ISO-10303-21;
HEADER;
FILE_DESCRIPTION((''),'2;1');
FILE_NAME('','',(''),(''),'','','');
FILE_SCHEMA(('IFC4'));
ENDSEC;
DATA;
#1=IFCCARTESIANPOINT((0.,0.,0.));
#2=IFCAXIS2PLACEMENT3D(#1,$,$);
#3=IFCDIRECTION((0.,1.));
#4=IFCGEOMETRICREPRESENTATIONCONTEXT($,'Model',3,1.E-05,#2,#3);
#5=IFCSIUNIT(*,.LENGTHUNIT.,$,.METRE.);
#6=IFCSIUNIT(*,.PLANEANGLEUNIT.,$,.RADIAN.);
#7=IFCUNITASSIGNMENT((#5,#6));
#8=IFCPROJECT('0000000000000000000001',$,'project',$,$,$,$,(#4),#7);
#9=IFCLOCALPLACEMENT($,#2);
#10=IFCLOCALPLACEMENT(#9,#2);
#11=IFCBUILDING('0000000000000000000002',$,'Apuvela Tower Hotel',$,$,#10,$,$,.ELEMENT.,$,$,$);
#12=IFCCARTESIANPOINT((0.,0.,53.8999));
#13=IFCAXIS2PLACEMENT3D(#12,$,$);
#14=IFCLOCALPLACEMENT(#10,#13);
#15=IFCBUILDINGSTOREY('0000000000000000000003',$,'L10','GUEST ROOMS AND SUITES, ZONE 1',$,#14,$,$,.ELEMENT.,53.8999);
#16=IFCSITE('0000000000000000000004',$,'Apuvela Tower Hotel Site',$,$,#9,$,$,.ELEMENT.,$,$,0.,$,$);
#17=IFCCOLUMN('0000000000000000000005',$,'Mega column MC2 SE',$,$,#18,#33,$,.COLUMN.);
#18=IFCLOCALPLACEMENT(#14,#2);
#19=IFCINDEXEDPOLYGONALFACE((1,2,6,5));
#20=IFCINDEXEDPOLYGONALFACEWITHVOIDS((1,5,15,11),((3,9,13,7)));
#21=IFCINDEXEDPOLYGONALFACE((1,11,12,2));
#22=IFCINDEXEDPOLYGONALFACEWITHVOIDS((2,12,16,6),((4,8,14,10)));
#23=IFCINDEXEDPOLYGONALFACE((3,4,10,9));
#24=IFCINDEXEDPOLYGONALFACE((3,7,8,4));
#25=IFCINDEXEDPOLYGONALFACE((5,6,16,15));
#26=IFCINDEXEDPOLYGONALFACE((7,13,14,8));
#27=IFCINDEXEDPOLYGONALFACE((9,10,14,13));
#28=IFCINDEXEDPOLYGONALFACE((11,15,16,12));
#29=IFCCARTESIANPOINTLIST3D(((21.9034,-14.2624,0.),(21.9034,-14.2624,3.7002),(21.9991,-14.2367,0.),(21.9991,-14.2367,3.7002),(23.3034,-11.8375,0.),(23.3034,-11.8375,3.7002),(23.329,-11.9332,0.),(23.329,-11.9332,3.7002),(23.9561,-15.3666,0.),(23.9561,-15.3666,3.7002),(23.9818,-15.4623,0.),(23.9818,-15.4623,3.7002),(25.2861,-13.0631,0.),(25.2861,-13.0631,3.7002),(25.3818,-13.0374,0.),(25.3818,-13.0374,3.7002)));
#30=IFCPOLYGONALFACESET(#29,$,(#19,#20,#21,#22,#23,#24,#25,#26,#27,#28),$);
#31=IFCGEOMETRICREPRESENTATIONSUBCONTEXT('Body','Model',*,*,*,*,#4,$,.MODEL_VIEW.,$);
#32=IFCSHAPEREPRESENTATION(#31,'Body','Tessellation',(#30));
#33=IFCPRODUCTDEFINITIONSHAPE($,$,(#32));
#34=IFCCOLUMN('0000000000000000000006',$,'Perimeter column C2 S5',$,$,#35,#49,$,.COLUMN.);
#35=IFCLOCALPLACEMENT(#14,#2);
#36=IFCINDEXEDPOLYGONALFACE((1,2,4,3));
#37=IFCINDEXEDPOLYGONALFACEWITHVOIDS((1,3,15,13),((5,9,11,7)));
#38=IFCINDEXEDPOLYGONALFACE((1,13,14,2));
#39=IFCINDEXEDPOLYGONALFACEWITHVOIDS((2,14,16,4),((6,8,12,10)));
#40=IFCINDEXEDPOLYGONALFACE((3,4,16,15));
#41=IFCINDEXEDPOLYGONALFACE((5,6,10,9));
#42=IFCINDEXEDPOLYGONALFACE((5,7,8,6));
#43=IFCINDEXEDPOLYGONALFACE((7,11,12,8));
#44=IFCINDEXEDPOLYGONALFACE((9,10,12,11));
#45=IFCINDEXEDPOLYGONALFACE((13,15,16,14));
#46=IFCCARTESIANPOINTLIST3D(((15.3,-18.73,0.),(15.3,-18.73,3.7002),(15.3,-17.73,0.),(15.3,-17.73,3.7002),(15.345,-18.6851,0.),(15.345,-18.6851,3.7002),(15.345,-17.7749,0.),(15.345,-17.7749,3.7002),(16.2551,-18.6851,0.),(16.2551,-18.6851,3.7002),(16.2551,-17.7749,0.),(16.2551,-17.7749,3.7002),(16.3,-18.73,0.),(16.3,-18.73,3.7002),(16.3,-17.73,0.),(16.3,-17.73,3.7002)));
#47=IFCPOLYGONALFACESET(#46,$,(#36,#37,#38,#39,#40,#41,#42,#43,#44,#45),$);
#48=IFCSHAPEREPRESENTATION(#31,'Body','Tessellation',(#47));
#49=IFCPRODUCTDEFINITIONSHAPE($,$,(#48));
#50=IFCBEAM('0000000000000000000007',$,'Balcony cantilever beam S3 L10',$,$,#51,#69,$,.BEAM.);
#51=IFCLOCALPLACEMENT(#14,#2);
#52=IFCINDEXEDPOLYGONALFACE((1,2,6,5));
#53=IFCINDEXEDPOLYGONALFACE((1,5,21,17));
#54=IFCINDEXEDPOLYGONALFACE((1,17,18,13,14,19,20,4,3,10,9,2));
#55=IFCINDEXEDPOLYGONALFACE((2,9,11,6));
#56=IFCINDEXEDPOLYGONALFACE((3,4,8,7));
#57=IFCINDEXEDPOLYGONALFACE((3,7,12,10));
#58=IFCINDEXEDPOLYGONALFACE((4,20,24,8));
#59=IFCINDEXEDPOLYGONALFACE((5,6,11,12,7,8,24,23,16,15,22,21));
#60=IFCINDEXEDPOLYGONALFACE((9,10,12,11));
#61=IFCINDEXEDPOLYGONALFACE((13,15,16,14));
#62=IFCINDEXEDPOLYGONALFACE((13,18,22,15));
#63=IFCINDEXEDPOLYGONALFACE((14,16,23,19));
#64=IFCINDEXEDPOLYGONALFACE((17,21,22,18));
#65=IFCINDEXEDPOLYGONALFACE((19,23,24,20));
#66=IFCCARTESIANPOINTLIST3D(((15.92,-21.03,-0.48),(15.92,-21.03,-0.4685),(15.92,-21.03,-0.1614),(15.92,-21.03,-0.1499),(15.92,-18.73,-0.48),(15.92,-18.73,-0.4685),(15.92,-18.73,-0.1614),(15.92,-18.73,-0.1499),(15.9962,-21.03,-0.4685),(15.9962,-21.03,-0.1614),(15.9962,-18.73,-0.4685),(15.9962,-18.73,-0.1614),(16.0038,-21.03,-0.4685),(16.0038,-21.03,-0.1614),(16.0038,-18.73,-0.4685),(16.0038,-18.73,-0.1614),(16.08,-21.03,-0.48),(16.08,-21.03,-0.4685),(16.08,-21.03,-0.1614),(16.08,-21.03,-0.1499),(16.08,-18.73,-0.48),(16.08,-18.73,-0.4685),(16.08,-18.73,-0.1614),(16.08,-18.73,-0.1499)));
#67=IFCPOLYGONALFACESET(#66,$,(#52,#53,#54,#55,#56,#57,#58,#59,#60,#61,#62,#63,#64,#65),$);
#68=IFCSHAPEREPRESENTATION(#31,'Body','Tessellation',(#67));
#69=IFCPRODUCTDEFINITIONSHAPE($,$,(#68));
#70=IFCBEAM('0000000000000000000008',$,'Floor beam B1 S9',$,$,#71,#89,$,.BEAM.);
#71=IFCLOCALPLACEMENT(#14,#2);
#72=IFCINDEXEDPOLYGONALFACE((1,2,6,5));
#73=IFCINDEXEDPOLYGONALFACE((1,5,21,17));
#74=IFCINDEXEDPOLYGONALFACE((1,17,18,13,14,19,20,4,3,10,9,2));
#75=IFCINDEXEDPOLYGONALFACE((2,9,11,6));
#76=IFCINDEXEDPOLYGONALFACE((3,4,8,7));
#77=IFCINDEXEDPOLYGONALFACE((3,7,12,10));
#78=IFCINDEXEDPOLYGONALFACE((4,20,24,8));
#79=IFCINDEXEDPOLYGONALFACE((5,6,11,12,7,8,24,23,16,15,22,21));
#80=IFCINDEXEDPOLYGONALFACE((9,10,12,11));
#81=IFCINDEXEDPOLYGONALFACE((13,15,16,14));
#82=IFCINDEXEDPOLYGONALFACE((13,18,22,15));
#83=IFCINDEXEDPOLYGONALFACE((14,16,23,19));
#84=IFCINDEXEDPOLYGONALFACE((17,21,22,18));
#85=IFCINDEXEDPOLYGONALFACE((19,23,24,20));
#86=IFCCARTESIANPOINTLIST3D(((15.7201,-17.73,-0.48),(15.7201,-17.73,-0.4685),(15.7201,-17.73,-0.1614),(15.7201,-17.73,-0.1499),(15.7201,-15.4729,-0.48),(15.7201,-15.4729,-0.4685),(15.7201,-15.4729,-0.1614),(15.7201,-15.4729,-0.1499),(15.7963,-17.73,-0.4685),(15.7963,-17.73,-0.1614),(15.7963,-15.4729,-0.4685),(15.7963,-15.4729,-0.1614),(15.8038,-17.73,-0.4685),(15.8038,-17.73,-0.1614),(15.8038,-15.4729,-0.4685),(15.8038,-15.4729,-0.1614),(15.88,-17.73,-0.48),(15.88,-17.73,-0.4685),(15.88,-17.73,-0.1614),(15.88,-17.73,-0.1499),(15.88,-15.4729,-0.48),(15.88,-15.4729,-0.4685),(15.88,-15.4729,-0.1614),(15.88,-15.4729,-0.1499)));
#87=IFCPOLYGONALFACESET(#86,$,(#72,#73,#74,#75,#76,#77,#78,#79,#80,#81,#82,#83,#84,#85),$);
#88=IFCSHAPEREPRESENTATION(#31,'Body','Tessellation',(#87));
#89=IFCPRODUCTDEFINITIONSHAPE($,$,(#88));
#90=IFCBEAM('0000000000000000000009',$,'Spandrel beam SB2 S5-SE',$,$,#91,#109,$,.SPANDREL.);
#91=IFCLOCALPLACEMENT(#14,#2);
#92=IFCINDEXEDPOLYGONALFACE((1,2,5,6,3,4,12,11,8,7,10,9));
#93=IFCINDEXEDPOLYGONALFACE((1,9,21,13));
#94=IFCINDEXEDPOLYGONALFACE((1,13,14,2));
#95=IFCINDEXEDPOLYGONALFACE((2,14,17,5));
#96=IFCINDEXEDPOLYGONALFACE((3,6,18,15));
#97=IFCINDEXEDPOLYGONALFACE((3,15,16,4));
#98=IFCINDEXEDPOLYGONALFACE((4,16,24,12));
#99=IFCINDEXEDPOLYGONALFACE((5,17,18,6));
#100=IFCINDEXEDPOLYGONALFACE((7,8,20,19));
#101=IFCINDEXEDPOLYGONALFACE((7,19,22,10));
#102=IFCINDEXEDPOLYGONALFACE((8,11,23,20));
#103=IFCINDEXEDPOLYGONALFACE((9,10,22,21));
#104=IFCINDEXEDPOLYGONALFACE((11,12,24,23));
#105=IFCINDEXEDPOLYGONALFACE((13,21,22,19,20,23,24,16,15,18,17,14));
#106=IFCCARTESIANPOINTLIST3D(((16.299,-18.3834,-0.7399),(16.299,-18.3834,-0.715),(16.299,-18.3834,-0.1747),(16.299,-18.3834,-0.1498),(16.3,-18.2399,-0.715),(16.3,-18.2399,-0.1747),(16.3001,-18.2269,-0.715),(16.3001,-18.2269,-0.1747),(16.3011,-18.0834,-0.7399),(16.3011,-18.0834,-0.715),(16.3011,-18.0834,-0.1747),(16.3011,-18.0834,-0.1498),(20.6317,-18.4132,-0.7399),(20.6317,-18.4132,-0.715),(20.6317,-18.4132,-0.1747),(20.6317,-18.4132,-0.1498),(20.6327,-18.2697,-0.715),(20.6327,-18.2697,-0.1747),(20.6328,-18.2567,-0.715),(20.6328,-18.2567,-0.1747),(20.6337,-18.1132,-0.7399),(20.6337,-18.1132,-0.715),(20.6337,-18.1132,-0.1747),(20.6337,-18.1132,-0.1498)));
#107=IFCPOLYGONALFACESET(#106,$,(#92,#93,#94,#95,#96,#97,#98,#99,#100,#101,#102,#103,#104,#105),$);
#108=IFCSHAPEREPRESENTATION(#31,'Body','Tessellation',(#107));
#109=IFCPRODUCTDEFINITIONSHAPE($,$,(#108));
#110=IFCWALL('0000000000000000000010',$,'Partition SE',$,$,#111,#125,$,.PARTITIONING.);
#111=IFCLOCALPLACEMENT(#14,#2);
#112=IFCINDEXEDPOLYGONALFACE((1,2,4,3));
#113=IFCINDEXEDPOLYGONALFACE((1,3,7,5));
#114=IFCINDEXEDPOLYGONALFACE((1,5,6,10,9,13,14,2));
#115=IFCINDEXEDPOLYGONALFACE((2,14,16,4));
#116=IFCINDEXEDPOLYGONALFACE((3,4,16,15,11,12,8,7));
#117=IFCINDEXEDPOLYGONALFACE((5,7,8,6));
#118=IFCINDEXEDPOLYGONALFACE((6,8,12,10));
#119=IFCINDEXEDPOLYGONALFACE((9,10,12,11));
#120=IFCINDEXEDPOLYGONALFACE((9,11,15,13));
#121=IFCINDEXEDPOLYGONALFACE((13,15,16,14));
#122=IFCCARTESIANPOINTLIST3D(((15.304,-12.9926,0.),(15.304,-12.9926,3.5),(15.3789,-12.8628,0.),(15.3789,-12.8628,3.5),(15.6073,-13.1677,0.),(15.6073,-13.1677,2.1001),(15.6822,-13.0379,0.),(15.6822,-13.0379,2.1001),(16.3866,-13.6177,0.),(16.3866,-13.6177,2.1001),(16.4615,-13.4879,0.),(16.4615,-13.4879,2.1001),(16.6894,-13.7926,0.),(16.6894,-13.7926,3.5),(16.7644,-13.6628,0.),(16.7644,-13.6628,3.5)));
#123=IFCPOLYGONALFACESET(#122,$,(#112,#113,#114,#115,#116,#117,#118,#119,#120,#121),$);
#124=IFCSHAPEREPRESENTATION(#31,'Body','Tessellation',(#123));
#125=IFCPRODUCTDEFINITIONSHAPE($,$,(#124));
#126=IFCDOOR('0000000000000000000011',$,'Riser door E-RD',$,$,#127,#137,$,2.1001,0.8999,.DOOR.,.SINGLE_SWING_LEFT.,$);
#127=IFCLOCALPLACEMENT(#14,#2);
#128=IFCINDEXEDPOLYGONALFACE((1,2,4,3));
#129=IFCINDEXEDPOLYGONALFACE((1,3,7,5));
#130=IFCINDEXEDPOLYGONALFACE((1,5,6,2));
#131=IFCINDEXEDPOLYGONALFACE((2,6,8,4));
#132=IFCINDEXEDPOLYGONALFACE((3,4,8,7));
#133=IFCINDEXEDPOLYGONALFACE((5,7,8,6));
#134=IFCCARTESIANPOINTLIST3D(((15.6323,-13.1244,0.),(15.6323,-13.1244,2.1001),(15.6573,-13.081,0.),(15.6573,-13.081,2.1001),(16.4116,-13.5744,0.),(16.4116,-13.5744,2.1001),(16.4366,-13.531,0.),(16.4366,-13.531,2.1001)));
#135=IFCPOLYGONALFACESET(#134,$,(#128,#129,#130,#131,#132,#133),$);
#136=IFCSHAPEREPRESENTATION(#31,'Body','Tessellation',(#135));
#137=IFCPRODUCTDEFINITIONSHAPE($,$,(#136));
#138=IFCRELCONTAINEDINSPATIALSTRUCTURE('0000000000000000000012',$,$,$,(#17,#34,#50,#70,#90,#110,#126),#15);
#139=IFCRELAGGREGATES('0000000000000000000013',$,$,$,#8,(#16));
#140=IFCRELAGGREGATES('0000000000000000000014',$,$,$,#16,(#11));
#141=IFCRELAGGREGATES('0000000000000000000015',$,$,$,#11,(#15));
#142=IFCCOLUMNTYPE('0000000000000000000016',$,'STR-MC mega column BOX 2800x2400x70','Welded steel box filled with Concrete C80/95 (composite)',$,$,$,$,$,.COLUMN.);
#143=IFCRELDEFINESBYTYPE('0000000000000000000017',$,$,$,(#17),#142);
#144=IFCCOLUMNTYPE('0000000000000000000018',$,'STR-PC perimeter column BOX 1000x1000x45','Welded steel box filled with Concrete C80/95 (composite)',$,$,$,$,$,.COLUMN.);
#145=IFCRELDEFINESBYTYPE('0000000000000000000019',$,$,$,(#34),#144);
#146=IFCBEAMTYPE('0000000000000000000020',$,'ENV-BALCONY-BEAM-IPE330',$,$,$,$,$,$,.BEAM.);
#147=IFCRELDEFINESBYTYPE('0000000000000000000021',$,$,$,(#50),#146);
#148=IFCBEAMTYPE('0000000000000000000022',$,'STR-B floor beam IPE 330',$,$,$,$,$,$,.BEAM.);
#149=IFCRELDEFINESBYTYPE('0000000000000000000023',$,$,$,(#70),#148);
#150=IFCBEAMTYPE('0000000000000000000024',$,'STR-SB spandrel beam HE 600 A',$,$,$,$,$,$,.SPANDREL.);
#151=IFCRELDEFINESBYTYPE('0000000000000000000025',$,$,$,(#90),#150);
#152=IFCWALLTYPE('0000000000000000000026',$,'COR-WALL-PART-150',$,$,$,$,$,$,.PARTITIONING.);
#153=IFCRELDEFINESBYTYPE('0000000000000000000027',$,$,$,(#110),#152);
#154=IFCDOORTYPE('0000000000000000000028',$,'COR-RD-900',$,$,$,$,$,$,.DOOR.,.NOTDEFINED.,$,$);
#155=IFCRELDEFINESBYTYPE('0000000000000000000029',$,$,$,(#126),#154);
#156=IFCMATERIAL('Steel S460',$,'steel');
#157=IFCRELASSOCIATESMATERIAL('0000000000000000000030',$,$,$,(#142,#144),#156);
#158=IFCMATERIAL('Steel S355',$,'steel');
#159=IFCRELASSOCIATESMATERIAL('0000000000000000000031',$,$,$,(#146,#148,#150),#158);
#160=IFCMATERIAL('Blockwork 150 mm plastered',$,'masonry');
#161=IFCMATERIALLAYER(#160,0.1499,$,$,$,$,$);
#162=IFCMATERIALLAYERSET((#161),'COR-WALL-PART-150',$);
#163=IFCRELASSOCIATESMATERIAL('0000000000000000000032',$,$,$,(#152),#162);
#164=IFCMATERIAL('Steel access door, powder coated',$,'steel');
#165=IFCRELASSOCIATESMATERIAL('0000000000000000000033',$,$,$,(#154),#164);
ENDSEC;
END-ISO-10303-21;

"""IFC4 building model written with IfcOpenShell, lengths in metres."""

from ifc_helpers import new_model, si_unit, direction, frame, frame_2d, origin, origin_2d, place, context, subcontext, project, spatial, rectangle, hollow_rectangle, i_section, extrude, material, layer, layer_set, material_profile, profile_set, type_object, element, fill, save


model = new_model("IFC4")

# Units and contexts
model_context = context("Model", 3, precision=1e-05, world=origin(), true_north=direction((0.0, 1.0)))
body_context = subcontext(model_context, "Body", "Model", "MODEL_VIEW")
ifc_project = project(units=[si_unit("LENGTHUNIT", "METRE"), si_unit("PLANEANGLEUNIT", "RADIAN")], contexts=[model_context])

# Site, building, storey
site_placement = place(None, origin())
site = spatial("IfcSite", under=ifc_project, at=site_placement, Name="Apuvela Tower Hotel Site", CompositionType="ELEMENT", RefElevation=0.0)
building_placement = place(site_placement, origin())
building = spatial("IfcBuilding", under=site, at=building_placement, Name="Apuvela Tower Hotel", CompositionType="ELEMENT")
storey_placement = place(building_placement, frame((0.0, 0.0, 53.8999)))
storey = spatial("IfcBuildingStorey", under=building, at=storey_placement, Name="L10", Description="GUEST ROOMS AND SUITES, ZONE 1", CompositionType="ELEMENT", Elevation=53.8999)

# Columns
ifc_material_1 = material(Name="Steel S460", Category="steel")
ifc_material_profile_1 = material_profile(ifc_material_1, hollow_rectangle(XDim=2.8, YDim=2.3999, WallThickness=0.0701, at=origin_2d()), Name="BOX 2800x2400x70")
ifc_material_2 = material(Name="Concrete C80/95", Category="concrete")
ifc_material_profile_2 = material_profile(ifc_material_2, rectangle(XDim=2.6599, YDim=2.26, at=origin_2d()), Name="Concrete C80/95 infill")
ifc_profile_set_1 = profile_set([ifc_material_profile_1, ifc_material_profile_2], Name="Steel S460")
column_type_1 = type_object("IfcColumnType", Name="STR-MC mega column BOX 2800x2400x70", Description="Welded steel box filled with Concrete C80/95 (composite)", PredefinedType="COLUMN", material=ifc_profile_set_1)
column_1_placement = place(storey_placement, frame((23.6426, -13.6499, 0.0), z_axis=(0.0, 0.0, 1.0), x_axis=(0.5, 0.866025, 0.0)))
element("IfcColumn", 1, at=column_1_placement, inside=storey, type_object=column_type_1, Name="Mega column MC2 SE", PredefinedType="COLUMN", context=body_context, shape_type="SweptSolid", body=[
    extrude(hollow_rectangle(XDim=2.8, YDim=2.3999, WallThickness=0.0701, at=origin_2d()), origin(), (0.0, 0.0, 1.0), 3.7002),
])
ifc_material_profile_3 = material_profile(ifc_material_1, hollow_rectangle(XDim=1.0, YDim=1.0, WallThickness=0.0449, at=origin_2d()), Name="BOX 1000x1000x45")
ifc_material_profile_4 = material_profile(ifc_material_2, rectangle(XDim=0.9099, YDim=0.9099, at=origin_2d()), Name="Concrete C80/95 infill")
ifc_profile_set_2 = profile_set([ifc_material_profile_3, ifc_material_profile_4], Name="Steel S460")
column_type_2 = type_object("IfcColumnType", Name="STR-PC perimeter column BOX 1000x1000x45", Description="Welded steel box filled with Concrete C80/95 (composite)", PredefinedType="COLUMN", material=ifc_profile_set_2)
column_2_placement = place(storey_placement, frame((15.8, -18.23, 0.0), z_axis=(0.0, 0.0, 1.0), x_axis=(-1.0, 0.0, 0.0)))
element("IfcColumn", 2, at=column_2_placement, inside=storey, type_object=column_type_2, Name="Perimeter column C2 S5", PredefinedType="COLUMN", context=body_context, shape_type="SweptSolid", body=[
    extrude(hollow_rectangle(XDim=1.0, YDim=1.0, WallThickness=0.0449, at=origin_2d()), origin(), (0.0, 0.0, 1.0), 3.7002),
])

# Beams
ifc_material_3 = material(Name="Steel S355", Category="steel")
ifc_material_profile_5 = material_profile(ifc_material_3, i_section(OverallWidth=0.1599, OverallDepth=0.3301, WebThickness=0.0076, FlangeThickness=0.0115, at=origin_2d()), Name="IPE 330")
ifc_profile_set_3 = profile_set([ifc_material_profile_5], Name="Steel S355")
beam_type_1 = type_object("IfcBeamType", Name="ENV-BALCONY-BEAM-IPE330", PredefinedType="BEAM", material=ifc_profile_set_3)
beam_1_placement = place(storey_placement, frame((16.0, -18.73, -0.3149), z_axis=(0.0, -1.0, 0.0), x_axis=(1.0, 0.0, 0.0)))
element("IfcBeam", 3, at=beam_1_placement, inside=storey, type_object=beam_type_1, Name="Balcony cantilever beam S3 L10", PredefinedType="BEAM", context=body_context, shape_type="SweptSolid", body=[
    extrude(i_section(OverallWidth=0.1599, OverallDepth=0.3301, WebThickness=0.0076, FlangeThickness=0.0115, at=origin_2d()), origin(), (0.0, 0.0, 1.0), 2.3),
])
ifc_material_profile_6 = material_profile(ifc_material_3, i_section(OverallWidth=0.1599, OverallDepth=0.3301, WebThickness=0.0076, FlangeThickness=0.0115, at=origin_2d()), Name="IPE 330")
ifc_profile_set_4 = profile_set([ifc_material_profile_6], Name="Steel S355")
beam_type_2 = type_object("IfcBeamType", Name="STR-B floor beam IPE 330", PredefinedType="BEAM", material=ifc_profile_set_4)
beam_2_placement = place(storey_placement, frame((15.8, -17.73, -0.3149), z_axis=(0.0, 1.0, 0.0), x_axis=(-1.0, 0.0, 0.0)))
element("IfcBeam", 4, at=beam_2_placement, inside=storey, type_object=beam_type_2, Name="Floor beam B1 S9", PredefinedType="BEAM", context=body_context, shape_type="SweptSolid", body=[
    extrude(i_section(OverallWidth=0.1599, OverallDepth=0.3301, WebThickness=0.0076, FlangeThickness=0.0115, at=origin_2d()), origin(), (0.0, 0.0, 1.0), 2.2571),
])
ifc_material_profile_7 = material_profile(ifc_material_3, i_section(OverallWidth=0.3, OverallDepth=0.5901, WebThickness=0.0129, FlangeThickness=0.0249, at=origin_2d()), Name="HE 600 A")
ifc_profile_set_5 = profile_set([ifc_material_profile_7], Name="Steel S355")
beam_type_3 = type_object("IfcBeamType", Name="STR-SB spandrel beam HE 600 A", PredefinedType="SPANDREL", material=ifc_profile_set_5)
beam_3_placement = place(storey_placement, frame((16.3, -18.2334, -0.4448), z_axis=(0.999976, -0.006874, 0.0), x_axis=(0.006874, 0.999976, 0.0)))
element("IfcBeam", 5, at=beam_3_placement, inside=storey, type_object=beam_type_3, Name="Spandrel beam SB2 S5-SE", PredefinedType="SPANDREL", context=body_context, shape_type="SweptSolid", body=[
    extrude(i_section(OverallWidth=0.3, OverallDepth=0.5901, WebThickness=0.0129, FlangeThickness=0.0249, at=origin_2d()), origin(), (0.0, 0.0, 1.0), 4.3328),
])

# Wall, opening, door
ifc_material_4 = material(Name="Blockwork 150 mm plastered", Category="masonry")
ifc_layer_1 = layer(ifc_material_4, 0.1499)
ifc_layer_set_1 = layer_set([ifc_layer_1], Name="COR-WALL-PART-150")
wall_type_1 = type_object("IfcWallType", Name="COR-WALL-PART-150", PredefinedType="PARTITIONING", material=ifc_layer_set_1)
wall_1_placement = place(storey_placement, frame((15.3416, -12.9277, 0.0), z_axis=(0.0, 0.0, 1.0), x_axis=(0.86599, -0.500061, 0.0)))
wall_1 = element("IfcWall", 6, at=wall_1_placement, inside=storey, type_object=wall_type_1, Name="Partition SE", PredefinedType="PARTITIONING", context=body_context, shape_type="SweptSolid", body=[
    extrude(rectangle(XDim=1.5999, YDim=0.1499, at=frame_2d((0.7998, 0.0))), origin(), (0.0, 0.0, 1.0), 3.5),
])
opening_1_placement = place(wall_1_placement, frame((0.3501, 0.0, 0.0)))
opening_1 = element("IfcOpeningElement", 7, at=opening_1_placement, cuts=wall_1, PredefinedType="OPENING", context=body_context, shape_type="SweptSolid", body=[
    extrude(rectangle(XDim=0.8999, YDim=2.1001, at=frame_2d((0.45, 1.05))), frame((0.0, 0.085, 0.0), z_axis=(0.0, -1.0, 0.0), x_axis=(1.0, 0.0, 0.0)), (0.0, 0.0, 1.0), 0.1699),
])
ifc_material_5 = material(Name="Steel access door, powder coated", Category="steel")
door_type_1 = type_object("IfcDoorType", Name="COR-RD-900", OperationType="NOTDEFINED", PredefinedType="DOOR", material=ifc_material_5)
door_1_placement = place(opening_1_placement, frame((0.8999, 0.0, 0.0), z_axis=(0.0, 0.0, 1.0), x_axis=(-1.0, 0.0, 0.0)))
door_1 = element("IfcDoor", 8, at=door_1_placement, inside=storey, type_object=door_type_1, Name="Riser door E-RD", OperationType="SINGLE_SWING_LEFT", OverallHeight=2.1001, OverallWidth=0.8999, PredefinedType="DOOR", context=body_context, shape_type="SweptSolid", body=[
    extrude(rectangle(XDim=0.8999, YDim=2.1001, at=frame_2d((0.45, 1.05))), frame((0.0, 0.0249, 0.0), z_axis=(0.0, -1.0, 0.0), x_axis=(1.0, 0.0, 0.0)), (0.0, 0.0, 1.0), 0.05),
])
fill(opening_1, door_1)

save(model, "model.ifc")
